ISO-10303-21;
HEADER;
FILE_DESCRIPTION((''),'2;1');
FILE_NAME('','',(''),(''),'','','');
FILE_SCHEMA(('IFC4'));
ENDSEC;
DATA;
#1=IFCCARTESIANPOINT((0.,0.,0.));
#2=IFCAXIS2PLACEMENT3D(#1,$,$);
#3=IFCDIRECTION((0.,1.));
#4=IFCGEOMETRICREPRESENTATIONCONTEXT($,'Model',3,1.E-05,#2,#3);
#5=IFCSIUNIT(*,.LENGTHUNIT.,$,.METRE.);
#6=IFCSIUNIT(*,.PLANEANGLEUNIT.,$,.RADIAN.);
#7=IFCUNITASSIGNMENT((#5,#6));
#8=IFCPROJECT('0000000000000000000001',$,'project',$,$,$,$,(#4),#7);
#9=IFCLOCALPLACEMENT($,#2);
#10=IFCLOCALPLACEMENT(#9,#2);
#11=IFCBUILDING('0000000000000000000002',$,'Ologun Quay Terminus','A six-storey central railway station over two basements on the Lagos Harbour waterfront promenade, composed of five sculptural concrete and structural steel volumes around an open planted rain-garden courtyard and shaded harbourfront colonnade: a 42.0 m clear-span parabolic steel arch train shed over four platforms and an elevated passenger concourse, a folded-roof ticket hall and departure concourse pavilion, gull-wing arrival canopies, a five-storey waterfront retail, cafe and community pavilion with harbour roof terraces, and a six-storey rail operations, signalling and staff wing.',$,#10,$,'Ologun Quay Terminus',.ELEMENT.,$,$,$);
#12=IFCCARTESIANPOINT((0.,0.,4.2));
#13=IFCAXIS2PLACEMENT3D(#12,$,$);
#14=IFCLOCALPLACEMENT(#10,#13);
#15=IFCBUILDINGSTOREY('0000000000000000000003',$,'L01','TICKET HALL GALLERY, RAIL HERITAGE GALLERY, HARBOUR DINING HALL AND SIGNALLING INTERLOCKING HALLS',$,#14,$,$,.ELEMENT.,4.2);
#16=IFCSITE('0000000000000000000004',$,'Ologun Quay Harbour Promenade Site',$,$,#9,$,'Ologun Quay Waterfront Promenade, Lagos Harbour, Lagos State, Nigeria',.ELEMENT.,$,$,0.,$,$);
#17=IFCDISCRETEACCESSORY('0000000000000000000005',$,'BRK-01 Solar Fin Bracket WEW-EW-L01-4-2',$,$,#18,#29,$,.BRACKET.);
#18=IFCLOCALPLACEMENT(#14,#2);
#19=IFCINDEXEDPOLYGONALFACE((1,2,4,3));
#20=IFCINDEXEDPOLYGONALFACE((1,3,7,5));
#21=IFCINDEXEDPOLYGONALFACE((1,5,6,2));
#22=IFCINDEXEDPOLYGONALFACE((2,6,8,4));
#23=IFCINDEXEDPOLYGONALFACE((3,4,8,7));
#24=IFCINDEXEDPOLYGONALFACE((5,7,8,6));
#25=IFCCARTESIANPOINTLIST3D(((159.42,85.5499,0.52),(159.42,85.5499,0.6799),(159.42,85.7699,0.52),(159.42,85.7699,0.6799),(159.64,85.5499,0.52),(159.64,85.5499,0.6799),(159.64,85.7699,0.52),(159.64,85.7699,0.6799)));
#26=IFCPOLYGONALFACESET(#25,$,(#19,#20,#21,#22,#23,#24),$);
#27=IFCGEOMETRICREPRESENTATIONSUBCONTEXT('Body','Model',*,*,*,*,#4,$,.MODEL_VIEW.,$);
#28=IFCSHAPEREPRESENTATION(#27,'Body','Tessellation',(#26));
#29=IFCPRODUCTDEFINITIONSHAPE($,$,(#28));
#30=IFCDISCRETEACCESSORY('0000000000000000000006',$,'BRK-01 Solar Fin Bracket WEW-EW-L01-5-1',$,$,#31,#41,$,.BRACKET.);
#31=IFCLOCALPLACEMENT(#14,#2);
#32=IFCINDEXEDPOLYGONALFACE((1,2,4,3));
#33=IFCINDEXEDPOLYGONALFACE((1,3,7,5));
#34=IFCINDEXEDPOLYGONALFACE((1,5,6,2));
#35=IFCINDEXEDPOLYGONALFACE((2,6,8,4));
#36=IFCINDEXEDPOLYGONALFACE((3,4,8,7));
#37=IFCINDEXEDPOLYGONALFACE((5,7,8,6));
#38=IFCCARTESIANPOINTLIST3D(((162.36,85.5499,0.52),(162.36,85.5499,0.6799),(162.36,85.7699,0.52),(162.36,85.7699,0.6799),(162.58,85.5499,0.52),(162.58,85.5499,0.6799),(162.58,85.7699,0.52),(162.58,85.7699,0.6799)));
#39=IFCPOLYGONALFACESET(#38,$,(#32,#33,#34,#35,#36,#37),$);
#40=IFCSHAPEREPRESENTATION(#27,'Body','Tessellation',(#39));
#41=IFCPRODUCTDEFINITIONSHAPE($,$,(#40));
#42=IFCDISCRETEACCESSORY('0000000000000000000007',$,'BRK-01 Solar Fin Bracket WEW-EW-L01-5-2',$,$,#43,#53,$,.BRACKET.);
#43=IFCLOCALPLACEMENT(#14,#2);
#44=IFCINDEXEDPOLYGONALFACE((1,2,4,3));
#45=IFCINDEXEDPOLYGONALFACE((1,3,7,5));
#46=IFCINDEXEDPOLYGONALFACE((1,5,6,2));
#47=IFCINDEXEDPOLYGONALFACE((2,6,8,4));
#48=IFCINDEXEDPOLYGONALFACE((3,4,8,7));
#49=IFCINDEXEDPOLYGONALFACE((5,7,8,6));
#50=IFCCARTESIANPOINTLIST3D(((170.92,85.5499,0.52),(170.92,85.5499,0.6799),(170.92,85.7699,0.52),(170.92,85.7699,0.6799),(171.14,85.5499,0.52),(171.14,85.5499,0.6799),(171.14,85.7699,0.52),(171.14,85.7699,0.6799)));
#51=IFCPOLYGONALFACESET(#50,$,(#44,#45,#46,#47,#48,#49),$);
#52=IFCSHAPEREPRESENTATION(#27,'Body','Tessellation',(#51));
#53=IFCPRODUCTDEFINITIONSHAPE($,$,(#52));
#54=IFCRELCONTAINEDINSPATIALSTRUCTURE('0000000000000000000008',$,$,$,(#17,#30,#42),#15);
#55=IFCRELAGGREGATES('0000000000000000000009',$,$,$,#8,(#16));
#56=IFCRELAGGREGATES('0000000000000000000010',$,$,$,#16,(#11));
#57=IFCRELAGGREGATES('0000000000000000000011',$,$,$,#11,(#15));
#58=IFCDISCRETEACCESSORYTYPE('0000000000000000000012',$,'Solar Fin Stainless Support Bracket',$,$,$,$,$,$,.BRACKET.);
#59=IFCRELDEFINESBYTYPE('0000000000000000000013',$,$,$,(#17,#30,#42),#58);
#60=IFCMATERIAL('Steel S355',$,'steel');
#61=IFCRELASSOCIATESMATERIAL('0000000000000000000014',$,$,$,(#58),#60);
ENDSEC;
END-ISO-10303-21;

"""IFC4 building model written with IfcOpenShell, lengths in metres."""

from ifc_helpers import new_model, si_unit, direction, frame, origin, origin_2d, place, context, subcontext, project, spatial, rectangle, extrude, material, type_object, element, save


model = new_model("IFC4")

# Units and contexts
model_context = context("Model", 3, precision=1e-05, world=origin(), true_north=direction((0.0, 1.0)))
body_context = subcontext(model_context, "Body", "Model", "MODEL_VIEW")
ifc_project = project(units=[si_unit("LENGTHUNIT", "METRE"), si_unit("PLANEANGLEUNIT", "RADIAN")], contexts=[model_context])

# Site, building, storey
site_placement = place(None, origin())
site = spatial("IfcSite", under=ifc_project, at=site_placement, Name="Ologun Quay Harbour Promenade Site", LongName="Ologun Quay Waterfront Promenade, Lagos Harbour, Lagos State, Nigeria", CompositionType="ELEMENT", RefElevation=0.0)
building_placement = place(site_placement, origin())
building = spatial("IfcBuilding", under=site, at=building_placement, Name="Ologun Quay Terminus", Description="A six-storey central railway station over two basements on the Lagos Harbour waterfront promenade, composed of five sculptural concrete and structural steel volumes around an open planted rain-garden courtyard and shaded harbourfront colonnade: a 42.0 m clear-span parabolic steel arch train shed over four platforms and an elevated passenger concourse, a folded-roof ticket hall and departure concourse pavilion, gull-wing arrival canopies, a five-storey waterfront retail, cafe and community pavilion with harbour roof terraces, and a six-storey rail operations, signalling and staff wing.", LongName="Ologun Quay Terminus", CompositionType="ELEMENT")
storey_placement = place(building_placement, frame((0.0, 0.0, 4.2)))
storey = spatial("IfcBuildingStorey", under=building, at=storey_placement, Name="L01", Description="TICKET HALL GALLERY, RAIL HERITAGE GALLERY, HARBOUR DINING HALL AND SIGNALLING INTERLOCKING HALLS", CompositionType="ELEMENT", Elevation=4.2)

# Discrete accessories
ifc_material_1 = material(Name="Steel S355", Category="steel")
discrete_accessory_type = type_object("IfcDiscreteAccessoryType", Name="Solar Fin Stainless Support Bracket", PredefinedType="BRACKET", material=ifc_material_1)
for number, where, z_axis, x_axis, name in (
    (1, (159.53, 85.6599, 0.52), (0.0, 0.0, 1.0), (1.0, 0.0, 0.0), "BRK-01 Solar Fin Bracket WEW-EW-L01-4-2"),
    (2, (162.47, 85.6599, 0.52), (0.0, 0.0, 1.0), (1.0, 0.0, 0.0), "BRK-01 Solar Fin Bracket WEW-EW-L01-5-1"),
    (3, (171.03, 85.6599, 0.52), (0.0, 0.0, 1.0), (1.0, 0.0, 0.0), "BRK-01 Solar Fin Bracket WEW-EW-L01-5-2"),
):
    element("IfcDiscreteAccessory", number, at=place(storey_placement, frame(where, z_axis=z_axis, x_axis=x_axis)), inside=storey, type_object=discrete_accessory_type, Name=name, PredefinedType="BRACKET", context=body_context, shape_type="SweptSolid", body=[
        extrude(rectangle(XDim=0.22, YDim=0.22, at=origin_2d()), origin(), (0.0, 0.0, 1.0), 0.1599),
    ])

save(model, "model.ifc")
